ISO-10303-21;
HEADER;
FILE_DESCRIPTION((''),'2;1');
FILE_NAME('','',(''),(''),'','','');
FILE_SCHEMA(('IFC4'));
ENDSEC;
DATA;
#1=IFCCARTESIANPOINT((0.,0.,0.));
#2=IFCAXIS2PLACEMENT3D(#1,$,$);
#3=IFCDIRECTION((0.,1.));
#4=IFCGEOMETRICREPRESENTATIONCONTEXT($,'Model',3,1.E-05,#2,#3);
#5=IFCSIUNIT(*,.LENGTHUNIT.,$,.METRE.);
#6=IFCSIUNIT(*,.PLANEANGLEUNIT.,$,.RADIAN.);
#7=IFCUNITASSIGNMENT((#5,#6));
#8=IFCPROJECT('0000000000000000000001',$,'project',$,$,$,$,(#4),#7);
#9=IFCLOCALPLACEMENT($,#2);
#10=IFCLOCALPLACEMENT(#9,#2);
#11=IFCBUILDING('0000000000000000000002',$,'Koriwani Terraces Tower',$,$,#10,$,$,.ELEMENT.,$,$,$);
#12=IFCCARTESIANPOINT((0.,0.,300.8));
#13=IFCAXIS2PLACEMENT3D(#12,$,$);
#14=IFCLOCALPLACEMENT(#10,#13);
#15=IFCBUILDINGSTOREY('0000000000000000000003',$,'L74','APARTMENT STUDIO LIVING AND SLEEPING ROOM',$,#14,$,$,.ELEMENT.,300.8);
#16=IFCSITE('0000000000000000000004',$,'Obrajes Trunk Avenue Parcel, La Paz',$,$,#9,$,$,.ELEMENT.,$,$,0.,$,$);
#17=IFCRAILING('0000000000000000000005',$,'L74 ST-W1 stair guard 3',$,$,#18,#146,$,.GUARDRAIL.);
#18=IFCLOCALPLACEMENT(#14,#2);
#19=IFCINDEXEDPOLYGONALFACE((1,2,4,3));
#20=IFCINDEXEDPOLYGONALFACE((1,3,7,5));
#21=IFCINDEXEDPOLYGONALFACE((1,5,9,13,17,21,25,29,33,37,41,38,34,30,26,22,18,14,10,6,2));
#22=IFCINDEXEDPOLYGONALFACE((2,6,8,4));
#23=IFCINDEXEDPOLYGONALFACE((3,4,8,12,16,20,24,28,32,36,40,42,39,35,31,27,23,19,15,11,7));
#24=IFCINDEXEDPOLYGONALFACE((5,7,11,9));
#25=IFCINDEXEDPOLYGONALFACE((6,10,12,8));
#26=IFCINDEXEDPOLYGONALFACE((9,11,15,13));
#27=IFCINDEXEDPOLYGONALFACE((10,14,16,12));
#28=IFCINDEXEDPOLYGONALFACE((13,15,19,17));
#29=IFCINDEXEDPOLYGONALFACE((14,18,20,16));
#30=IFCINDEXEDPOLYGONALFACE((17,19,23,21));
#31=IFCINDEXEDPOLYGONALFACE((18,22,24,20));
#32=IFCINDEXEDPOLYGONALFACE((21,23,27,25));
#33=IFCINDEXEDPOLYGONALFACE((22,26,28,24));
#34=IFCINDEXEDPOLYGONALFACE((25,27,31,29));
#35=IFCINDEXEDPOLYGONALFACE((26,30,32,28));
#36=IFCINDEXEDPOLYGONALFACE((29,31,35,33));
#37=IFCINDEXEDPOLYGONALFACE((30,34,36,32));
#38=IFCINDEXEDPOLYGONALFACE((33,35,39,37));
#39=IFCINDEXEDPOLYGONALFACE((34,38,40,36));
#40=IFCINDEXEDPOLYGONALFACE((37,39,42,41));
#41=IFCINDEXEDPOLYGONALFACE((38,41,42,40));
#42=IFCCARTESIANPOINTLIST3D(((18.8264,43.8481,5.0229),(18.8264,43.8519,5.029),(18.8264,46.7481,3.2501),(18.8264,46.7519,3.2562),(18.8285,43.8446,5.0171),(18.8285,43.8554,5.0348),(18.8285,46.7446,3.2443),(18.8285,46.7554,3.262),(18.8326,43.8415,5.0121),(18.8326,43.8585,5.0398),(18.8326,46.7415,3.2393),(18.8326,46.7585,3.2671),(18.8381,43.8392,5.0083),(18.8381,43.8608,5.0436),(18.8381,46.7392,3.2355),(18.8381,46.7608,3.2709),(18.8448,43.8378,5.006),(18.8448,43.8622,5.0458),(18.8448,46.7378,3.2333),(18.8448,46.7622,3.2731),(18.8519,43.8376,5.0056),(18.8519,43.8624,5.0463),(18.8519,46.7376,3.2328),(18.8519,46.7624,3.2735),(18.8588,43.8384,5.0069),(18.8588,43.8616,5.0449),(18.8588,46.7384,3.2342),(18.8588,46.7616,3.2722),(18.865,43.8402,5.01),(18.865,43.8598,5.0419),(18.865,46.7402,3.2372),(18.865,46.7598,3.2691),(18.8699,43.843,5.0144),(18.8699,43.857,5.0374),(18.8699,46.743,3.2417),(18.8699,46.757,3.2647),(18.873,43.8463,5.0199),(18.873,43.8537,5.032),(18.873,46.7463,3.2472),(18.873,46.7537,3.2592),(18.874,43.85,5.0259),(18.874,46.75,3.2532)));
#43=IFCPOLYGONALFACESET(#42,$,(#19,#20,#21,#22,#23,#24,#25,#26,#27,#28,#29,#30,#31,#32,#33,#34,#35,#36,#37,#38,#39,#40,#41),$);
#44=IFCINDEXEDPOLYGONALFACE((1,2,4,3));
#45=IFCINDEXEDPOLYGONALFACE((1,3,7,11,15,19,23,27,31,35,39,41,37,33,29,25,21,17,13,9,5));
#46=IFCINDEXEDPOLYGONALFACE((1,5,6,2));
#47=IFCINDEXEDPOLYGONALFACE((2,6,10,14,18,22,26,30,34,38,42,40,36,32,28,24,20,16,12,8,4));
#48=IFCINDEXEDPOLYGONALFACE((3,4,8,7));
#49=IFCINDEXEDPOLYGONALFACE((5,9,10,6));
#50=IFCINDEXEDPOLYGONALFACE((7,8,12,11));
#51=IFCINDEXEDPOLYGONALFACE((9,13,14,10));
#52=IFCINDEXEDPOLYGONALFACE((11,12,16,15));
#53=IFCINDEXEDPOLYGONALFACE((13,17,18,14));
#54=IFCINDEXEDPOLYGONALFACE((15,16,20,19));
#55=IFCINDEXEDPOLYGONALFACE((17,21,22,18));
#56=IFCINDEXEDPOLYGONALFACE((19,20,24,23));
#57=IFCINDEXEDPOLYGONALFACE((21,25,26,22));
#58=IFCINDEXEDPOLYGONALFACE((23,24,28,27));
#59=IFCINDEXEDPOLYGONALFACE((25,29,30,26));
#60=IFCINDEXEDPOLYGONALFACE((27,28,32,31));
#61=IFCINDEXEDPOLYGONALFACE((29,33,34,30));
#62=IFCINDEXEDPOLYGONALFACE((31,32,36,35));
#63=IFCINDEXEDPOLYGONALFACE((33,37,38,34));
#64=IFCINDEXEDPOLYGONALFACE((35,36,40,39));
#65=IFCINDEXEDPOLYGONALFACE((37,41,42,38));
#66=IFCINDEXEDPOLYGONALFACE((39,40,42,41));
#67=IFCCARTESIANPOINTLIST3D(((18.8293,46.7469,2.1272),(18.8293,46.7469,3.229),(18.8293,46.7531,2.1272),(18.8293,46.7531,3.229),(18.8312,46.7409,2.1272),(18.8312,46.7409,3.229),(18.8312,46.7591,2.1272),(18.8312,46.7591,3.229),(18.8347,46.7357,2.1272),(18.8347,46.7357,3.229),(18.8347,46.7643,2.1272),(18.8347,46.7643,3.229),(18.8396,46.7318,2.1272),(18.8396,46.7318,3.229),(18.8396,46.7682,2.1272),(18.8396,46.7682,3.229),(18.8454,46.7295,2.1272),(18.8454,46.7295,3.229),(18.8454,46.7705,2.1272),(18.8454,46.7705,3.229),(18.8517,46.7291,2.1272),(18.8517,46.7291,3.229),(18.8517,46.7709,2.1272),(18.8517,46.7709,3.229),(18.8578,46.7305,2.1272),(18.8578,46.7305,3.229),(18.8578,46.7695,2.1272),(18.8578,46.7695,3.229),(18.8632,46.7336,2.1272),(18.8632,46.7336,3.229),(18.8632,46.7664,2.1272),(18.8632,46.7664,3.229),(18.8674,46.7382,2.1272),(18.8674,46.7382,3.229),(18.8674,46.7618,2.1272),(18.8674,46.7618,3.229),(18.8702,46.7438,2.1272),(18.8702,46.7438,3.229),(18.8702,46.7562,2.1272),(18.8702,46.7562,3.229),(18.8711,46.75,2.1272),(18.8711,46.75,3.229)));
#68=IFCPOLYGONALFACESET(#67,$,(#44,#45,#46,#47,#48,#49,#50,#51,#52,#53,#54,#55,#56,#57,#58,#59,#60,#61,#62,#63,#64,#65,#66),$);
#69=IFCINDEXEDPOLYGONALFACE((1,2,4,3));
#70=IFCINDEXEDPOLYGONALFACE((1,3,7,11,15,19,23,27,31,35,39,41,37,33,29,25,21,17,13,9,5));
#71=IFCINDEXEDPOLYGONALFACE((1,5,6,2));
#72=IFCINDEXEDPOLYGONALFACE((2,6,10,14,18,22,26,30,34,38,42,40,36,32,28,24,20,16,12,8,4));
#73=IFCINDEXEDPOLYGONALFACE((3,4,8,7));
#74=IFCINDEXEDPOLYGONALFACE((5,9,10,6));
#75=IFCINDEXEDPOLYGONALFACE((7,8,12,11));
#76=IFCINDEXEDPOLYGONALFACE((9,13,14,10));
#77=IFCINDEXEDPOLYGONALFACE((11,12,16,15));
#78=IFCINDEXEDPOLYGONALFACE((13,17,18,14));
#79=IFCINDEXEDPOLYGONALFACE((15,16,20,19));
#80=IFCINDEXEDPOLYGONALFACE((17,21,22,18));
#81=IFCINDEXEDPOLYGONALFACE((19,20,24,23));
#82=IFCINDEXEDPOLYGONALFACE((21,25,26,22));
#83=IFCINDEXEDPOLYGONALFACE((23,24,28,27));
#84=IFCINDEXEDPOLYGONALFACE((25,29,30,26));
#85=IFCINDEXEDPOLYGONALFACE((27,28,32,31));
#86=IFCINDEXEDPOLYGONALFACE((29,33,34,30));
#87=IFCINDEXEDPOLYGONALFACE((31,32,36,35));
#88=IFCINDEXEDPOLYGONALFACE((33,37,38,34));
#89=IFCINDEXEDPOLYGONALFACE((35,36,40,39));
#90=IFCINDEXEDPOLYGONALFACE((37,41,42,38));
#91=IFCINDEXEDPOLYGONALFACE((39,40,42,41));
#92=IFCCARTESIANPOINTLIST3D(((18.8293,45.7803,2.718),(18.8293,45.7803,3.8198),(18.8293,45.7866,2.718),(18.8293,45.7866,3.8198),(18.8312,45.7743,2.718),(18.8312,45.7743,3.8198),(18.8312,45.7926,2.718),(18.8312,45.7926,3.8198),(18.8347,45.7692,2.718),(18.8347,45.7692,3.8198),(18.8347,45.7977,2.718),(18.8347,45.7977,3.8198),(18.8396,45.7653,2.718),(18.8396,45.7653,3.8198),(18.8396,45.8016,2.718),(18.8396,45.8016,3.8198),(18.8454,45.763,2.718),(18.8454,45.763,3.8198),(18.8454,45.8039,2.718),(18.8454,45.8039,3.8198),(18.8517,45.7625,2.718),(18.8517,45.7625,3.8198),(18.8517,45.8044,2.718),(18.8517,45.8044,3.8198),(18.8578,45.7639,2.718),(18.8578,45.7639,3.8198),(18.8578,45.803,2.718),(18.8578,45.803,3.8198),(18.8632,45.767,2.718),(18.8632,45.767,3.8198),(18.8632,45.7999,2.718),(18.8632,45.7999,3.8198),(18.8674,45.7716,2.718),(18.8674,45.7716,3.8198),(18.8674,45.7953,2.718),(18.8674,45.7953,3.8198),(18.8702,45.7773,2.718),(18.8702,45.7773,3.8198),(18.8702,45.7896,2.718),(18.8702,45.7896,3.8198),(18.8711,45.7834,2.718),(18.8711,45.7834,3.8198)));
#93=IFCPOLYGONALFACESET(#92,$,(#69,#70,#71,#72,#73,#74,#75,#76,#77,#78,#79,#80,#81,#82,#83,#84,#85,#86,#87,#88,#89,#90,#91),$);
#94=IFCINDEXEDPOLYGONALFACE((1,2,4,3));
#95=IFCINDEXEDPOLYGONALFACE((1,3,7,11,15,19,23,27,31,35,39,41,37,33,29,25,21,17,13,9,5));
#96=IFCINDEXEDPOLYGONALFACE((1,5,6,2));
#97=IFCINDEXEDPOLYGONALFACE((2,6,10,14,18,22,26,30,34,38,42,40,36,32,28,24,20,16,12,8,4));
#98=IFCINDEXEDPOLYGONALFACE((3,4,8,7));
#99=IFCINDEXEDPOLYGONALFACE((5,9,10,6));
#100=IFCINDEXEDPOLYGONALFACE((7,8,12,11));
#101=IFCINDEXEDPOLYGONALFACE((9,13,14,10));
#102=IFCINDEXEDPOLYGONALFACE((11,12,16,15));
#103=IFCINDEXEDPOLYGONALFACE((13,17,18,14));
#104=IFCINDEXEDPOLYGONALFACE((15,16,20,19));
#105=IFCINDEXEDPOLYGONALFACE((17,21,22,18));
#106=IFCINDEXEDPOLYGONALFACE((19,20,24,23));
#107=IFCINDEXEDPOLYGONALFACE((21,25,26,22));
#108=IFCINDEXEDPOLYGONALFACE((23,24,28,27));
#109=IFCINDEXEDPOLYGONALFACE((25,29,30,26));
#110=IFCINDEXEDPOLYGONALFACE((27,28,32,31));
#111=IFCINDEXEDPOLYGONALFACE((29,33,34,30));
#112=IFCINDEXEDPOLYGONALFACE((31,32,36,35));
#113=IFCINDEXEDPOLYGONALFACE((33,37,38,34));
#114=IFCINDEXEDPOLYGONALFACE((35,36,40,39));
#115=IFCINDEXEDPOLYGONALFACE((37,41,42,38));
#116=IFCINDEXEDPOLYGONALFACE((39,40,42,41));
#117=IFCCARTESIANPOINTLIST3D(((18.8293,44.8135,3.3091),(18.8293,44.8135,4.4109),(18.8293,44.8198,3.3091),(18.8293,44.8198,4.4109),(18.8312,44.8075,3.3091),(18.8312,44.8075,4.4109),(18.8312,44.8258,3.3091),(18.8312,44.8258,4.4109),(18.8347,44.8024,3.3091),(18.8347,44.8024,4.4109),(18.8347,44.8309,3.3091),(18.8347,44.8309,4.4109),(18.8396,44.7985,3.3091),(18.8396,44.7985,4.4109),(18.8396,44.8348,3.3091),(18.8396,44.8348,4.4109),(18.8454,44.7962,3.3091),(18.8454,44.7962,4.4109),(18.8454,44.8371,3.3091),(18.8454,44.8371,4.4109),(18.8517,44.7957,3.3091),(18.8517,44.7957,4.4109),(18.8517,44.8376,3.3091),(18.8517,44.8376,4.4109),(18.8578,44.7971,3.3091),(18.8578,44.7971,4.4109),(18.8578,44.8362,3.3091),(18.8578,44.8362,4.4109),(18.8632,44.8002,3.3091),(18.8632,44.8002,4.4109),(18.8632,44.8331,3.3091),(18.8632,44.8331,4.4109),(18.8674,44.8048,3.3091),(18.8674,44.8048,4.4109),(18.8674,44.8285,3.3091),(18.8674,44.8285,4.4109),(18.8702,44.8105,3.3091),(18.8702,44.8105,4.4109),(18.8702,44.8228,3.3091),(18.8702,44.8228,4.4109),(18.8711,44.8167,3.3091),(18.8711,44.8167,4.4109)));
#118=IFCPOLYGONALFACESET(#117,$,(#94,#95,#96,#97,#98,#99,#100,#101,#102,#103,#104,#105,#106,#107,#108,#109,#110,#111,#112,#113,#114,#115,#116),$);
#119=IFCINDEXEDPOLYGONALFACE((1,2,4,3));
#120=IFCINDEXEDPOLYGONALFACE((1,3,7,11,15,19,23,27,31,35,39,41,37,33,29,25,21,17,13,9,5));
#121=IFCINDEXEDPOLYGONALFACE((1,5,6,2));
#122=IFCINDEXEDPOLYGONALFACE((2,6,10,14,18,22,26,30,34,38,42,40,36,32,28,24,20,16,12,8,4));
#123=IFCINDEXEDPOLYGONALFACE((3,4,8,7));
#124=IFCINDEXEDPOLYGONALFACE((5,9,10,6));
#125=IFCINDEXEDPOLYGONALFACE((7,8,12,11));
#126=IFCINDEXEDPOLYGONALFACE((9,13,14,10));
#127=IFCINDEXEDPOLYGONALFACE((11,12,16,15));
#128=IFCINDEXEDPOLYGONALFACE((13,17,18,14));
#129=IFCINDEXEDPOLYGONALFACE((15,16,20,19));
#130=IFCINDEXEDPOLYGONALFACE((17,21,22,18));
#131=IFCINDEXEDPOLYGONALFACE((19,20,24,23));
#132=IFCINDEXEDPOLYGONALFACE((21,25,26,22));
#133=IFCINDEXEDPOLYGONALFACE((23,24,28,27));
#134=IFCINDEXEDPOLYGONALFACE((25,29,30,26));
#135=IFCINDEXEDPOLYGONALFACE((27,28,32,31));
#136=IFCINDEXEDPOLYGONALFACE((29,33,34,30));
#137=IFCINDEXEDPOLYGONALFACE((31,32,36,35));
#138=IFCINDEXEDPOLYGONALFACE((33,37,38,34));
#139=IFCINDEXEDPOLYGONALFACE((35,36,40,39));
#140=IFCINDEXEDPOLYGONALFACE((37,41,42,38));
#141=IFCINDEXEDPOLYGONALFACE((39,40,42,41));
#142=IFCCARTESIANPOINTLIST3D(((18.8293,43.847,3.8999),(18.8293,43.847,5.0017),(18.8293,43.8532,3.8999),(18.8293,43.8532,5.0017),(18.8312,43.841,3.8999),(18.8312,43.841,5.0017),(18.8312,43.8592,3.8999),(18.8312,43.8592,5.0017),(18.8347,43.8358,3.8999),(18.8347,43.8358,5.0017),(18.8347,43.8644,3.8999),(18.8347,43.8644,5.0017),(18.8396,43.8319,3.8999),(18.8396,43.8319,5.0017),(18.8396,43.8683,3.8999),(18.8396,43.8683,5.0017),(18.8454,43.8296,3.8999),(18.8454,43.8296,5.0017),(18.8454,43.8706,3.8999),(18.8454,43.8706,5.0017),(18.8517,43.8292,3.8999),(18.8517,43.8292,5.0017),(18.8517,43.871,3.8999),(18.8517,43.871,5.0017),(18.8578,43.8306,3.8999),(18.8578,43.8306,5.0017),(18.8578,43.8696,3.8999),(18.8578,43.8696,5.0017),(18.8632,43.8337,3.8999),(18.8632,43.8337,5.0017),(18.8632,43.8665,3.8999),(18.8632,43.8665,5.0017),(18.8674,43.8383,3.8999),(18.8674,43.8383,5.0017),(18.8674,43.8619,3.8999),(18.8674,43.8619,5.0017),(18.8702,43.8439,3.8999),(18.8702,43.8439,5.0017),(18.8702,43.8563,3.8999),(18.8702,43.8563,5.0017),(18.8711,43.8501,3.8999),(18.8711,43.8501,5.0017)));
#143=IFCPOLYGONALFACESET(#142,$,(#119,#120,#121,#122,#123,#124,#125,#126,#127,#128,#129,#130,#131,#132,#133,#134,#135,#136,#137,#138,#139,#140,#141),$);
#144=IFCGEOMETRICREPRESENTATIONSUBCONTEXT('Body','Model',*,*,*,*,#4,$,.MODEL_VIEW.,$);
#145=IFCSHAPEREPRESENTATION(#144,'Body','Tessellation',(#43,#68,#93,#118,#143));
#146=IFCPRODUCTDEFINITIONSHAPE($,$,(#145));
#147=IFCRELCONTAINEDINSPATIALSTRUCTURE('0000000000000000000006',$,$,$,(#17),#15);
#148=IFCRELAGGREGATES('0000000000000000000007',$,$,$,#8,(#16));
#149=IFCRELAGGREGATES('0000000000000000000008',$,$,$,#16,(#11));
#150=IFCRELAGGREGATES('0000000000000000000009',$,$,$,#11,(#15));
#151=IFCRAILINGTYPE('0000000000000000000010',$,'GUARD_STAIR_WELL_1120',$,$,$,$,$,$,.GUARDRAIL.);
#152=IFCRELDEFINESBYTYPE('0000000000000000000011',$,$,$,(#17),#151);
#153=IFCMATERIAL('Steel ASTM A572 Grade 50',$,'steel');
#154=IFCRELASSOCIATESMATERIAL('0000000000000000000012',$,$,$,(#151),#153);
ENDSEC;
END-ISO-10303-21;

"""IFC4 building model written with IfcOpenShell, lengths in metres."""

from ifc_helpers import new_model, si_unit, direction, frame, origin, origin_2d, place, context, subcontext, project, spatial, circle, extrude, material, type_object, element, save


model = new_model("IFC4")

# Units and contexts
model_context = context("Model", 3, precision=1e-05, world=origin(), true_north=direction((0.0, 1.0)))
body_context = subcontext(model_context, "Body", "Model", "MODEL_VIEW")
ifc_project = project(units=[si_unit("LENGTHUNIT", "METRE"), si_unit("PLANEANGLEUNIT", "RADIAN")], contexts=[model_context])

# Site, building, storey
site_placement = place(None, origin())
site = spatial("IfcSite", under=ifc_project, at=site_placement, Name="Obrajes Trunk Avenue Parcel, La Paz", CompositionType="ELEMENT", RefElevation=0.0)
building_placement = place(site_placement, origin())
building = spatial("IfcBuilding", under=site, at=building_placement, Name="Koriwani Terraces Tower", CompositionType="ELEMENT")
storey_placement = place(building_placement, frame((0.0, 0.0, 300.8)))
storey = spatial("IfcBuildingStorey", under=building, at=storey_placement, Name="L74", Description="APARTMENT STUDIO LIVING AND SLEEPING ROOM", CompositionType="ELEMENT", Elevation=300.8)

# Shared definitions
ifc_material_1 = material(Name="Steel ASTM A572 Grade 50", Category="steel")

# Railing
railing_type_1 = type_object("IfcRailingType", Name="GUARD_STAIR_WELL_1120", PredefinedType="GUARDRAIL", material=ifc_material_1)
for number, where, name in (
    (1, (18.8501, 46.75, 2.1272), "L74 ST-W1 stair guard 3"),
):
    element("IfcRailing", number, at=place(storey_placement, frame(where)), inside=storey, type_object=railing_type_1, Name=name, PredefinedType="GUARDRAIL", context=body_context, shape_type="SweptSolid", body=[
        extrude(circle(Radius=0.0239, at=origin_2d()), frame((0.0, 0.0, 1.126), z_axis=(0.0, -0.853211, 0.521566), x_axis=(1.0, 0.0, 0.0)), (0.0, 0.0, 1.0), 3.3989),
        extrude(circle(Radius=0.021, at=origin_2d()), origin(), (0.0, 0.0, 1.0), 1.1018),
        extrude(circle(Radius=0.021, at=origin_2d()), frame((0.0, -0.9666, 0.5908)), (0.0, 0.0, 1.0), 1.1018),
        extrude(circle(Radius=0.021, at=origin_2d()), frame((0.0, -1.9333, 1.1819)), (0.0, 0.0, 1.0), 1.1018),
        extrude(circle(Radius=0.021, at=origin_2d()), frame((0.0, -2.8999, 1.7727)), (0.0, 0.0, 1.0), 1.1018),
    ])

save(model, "model.ifc")
